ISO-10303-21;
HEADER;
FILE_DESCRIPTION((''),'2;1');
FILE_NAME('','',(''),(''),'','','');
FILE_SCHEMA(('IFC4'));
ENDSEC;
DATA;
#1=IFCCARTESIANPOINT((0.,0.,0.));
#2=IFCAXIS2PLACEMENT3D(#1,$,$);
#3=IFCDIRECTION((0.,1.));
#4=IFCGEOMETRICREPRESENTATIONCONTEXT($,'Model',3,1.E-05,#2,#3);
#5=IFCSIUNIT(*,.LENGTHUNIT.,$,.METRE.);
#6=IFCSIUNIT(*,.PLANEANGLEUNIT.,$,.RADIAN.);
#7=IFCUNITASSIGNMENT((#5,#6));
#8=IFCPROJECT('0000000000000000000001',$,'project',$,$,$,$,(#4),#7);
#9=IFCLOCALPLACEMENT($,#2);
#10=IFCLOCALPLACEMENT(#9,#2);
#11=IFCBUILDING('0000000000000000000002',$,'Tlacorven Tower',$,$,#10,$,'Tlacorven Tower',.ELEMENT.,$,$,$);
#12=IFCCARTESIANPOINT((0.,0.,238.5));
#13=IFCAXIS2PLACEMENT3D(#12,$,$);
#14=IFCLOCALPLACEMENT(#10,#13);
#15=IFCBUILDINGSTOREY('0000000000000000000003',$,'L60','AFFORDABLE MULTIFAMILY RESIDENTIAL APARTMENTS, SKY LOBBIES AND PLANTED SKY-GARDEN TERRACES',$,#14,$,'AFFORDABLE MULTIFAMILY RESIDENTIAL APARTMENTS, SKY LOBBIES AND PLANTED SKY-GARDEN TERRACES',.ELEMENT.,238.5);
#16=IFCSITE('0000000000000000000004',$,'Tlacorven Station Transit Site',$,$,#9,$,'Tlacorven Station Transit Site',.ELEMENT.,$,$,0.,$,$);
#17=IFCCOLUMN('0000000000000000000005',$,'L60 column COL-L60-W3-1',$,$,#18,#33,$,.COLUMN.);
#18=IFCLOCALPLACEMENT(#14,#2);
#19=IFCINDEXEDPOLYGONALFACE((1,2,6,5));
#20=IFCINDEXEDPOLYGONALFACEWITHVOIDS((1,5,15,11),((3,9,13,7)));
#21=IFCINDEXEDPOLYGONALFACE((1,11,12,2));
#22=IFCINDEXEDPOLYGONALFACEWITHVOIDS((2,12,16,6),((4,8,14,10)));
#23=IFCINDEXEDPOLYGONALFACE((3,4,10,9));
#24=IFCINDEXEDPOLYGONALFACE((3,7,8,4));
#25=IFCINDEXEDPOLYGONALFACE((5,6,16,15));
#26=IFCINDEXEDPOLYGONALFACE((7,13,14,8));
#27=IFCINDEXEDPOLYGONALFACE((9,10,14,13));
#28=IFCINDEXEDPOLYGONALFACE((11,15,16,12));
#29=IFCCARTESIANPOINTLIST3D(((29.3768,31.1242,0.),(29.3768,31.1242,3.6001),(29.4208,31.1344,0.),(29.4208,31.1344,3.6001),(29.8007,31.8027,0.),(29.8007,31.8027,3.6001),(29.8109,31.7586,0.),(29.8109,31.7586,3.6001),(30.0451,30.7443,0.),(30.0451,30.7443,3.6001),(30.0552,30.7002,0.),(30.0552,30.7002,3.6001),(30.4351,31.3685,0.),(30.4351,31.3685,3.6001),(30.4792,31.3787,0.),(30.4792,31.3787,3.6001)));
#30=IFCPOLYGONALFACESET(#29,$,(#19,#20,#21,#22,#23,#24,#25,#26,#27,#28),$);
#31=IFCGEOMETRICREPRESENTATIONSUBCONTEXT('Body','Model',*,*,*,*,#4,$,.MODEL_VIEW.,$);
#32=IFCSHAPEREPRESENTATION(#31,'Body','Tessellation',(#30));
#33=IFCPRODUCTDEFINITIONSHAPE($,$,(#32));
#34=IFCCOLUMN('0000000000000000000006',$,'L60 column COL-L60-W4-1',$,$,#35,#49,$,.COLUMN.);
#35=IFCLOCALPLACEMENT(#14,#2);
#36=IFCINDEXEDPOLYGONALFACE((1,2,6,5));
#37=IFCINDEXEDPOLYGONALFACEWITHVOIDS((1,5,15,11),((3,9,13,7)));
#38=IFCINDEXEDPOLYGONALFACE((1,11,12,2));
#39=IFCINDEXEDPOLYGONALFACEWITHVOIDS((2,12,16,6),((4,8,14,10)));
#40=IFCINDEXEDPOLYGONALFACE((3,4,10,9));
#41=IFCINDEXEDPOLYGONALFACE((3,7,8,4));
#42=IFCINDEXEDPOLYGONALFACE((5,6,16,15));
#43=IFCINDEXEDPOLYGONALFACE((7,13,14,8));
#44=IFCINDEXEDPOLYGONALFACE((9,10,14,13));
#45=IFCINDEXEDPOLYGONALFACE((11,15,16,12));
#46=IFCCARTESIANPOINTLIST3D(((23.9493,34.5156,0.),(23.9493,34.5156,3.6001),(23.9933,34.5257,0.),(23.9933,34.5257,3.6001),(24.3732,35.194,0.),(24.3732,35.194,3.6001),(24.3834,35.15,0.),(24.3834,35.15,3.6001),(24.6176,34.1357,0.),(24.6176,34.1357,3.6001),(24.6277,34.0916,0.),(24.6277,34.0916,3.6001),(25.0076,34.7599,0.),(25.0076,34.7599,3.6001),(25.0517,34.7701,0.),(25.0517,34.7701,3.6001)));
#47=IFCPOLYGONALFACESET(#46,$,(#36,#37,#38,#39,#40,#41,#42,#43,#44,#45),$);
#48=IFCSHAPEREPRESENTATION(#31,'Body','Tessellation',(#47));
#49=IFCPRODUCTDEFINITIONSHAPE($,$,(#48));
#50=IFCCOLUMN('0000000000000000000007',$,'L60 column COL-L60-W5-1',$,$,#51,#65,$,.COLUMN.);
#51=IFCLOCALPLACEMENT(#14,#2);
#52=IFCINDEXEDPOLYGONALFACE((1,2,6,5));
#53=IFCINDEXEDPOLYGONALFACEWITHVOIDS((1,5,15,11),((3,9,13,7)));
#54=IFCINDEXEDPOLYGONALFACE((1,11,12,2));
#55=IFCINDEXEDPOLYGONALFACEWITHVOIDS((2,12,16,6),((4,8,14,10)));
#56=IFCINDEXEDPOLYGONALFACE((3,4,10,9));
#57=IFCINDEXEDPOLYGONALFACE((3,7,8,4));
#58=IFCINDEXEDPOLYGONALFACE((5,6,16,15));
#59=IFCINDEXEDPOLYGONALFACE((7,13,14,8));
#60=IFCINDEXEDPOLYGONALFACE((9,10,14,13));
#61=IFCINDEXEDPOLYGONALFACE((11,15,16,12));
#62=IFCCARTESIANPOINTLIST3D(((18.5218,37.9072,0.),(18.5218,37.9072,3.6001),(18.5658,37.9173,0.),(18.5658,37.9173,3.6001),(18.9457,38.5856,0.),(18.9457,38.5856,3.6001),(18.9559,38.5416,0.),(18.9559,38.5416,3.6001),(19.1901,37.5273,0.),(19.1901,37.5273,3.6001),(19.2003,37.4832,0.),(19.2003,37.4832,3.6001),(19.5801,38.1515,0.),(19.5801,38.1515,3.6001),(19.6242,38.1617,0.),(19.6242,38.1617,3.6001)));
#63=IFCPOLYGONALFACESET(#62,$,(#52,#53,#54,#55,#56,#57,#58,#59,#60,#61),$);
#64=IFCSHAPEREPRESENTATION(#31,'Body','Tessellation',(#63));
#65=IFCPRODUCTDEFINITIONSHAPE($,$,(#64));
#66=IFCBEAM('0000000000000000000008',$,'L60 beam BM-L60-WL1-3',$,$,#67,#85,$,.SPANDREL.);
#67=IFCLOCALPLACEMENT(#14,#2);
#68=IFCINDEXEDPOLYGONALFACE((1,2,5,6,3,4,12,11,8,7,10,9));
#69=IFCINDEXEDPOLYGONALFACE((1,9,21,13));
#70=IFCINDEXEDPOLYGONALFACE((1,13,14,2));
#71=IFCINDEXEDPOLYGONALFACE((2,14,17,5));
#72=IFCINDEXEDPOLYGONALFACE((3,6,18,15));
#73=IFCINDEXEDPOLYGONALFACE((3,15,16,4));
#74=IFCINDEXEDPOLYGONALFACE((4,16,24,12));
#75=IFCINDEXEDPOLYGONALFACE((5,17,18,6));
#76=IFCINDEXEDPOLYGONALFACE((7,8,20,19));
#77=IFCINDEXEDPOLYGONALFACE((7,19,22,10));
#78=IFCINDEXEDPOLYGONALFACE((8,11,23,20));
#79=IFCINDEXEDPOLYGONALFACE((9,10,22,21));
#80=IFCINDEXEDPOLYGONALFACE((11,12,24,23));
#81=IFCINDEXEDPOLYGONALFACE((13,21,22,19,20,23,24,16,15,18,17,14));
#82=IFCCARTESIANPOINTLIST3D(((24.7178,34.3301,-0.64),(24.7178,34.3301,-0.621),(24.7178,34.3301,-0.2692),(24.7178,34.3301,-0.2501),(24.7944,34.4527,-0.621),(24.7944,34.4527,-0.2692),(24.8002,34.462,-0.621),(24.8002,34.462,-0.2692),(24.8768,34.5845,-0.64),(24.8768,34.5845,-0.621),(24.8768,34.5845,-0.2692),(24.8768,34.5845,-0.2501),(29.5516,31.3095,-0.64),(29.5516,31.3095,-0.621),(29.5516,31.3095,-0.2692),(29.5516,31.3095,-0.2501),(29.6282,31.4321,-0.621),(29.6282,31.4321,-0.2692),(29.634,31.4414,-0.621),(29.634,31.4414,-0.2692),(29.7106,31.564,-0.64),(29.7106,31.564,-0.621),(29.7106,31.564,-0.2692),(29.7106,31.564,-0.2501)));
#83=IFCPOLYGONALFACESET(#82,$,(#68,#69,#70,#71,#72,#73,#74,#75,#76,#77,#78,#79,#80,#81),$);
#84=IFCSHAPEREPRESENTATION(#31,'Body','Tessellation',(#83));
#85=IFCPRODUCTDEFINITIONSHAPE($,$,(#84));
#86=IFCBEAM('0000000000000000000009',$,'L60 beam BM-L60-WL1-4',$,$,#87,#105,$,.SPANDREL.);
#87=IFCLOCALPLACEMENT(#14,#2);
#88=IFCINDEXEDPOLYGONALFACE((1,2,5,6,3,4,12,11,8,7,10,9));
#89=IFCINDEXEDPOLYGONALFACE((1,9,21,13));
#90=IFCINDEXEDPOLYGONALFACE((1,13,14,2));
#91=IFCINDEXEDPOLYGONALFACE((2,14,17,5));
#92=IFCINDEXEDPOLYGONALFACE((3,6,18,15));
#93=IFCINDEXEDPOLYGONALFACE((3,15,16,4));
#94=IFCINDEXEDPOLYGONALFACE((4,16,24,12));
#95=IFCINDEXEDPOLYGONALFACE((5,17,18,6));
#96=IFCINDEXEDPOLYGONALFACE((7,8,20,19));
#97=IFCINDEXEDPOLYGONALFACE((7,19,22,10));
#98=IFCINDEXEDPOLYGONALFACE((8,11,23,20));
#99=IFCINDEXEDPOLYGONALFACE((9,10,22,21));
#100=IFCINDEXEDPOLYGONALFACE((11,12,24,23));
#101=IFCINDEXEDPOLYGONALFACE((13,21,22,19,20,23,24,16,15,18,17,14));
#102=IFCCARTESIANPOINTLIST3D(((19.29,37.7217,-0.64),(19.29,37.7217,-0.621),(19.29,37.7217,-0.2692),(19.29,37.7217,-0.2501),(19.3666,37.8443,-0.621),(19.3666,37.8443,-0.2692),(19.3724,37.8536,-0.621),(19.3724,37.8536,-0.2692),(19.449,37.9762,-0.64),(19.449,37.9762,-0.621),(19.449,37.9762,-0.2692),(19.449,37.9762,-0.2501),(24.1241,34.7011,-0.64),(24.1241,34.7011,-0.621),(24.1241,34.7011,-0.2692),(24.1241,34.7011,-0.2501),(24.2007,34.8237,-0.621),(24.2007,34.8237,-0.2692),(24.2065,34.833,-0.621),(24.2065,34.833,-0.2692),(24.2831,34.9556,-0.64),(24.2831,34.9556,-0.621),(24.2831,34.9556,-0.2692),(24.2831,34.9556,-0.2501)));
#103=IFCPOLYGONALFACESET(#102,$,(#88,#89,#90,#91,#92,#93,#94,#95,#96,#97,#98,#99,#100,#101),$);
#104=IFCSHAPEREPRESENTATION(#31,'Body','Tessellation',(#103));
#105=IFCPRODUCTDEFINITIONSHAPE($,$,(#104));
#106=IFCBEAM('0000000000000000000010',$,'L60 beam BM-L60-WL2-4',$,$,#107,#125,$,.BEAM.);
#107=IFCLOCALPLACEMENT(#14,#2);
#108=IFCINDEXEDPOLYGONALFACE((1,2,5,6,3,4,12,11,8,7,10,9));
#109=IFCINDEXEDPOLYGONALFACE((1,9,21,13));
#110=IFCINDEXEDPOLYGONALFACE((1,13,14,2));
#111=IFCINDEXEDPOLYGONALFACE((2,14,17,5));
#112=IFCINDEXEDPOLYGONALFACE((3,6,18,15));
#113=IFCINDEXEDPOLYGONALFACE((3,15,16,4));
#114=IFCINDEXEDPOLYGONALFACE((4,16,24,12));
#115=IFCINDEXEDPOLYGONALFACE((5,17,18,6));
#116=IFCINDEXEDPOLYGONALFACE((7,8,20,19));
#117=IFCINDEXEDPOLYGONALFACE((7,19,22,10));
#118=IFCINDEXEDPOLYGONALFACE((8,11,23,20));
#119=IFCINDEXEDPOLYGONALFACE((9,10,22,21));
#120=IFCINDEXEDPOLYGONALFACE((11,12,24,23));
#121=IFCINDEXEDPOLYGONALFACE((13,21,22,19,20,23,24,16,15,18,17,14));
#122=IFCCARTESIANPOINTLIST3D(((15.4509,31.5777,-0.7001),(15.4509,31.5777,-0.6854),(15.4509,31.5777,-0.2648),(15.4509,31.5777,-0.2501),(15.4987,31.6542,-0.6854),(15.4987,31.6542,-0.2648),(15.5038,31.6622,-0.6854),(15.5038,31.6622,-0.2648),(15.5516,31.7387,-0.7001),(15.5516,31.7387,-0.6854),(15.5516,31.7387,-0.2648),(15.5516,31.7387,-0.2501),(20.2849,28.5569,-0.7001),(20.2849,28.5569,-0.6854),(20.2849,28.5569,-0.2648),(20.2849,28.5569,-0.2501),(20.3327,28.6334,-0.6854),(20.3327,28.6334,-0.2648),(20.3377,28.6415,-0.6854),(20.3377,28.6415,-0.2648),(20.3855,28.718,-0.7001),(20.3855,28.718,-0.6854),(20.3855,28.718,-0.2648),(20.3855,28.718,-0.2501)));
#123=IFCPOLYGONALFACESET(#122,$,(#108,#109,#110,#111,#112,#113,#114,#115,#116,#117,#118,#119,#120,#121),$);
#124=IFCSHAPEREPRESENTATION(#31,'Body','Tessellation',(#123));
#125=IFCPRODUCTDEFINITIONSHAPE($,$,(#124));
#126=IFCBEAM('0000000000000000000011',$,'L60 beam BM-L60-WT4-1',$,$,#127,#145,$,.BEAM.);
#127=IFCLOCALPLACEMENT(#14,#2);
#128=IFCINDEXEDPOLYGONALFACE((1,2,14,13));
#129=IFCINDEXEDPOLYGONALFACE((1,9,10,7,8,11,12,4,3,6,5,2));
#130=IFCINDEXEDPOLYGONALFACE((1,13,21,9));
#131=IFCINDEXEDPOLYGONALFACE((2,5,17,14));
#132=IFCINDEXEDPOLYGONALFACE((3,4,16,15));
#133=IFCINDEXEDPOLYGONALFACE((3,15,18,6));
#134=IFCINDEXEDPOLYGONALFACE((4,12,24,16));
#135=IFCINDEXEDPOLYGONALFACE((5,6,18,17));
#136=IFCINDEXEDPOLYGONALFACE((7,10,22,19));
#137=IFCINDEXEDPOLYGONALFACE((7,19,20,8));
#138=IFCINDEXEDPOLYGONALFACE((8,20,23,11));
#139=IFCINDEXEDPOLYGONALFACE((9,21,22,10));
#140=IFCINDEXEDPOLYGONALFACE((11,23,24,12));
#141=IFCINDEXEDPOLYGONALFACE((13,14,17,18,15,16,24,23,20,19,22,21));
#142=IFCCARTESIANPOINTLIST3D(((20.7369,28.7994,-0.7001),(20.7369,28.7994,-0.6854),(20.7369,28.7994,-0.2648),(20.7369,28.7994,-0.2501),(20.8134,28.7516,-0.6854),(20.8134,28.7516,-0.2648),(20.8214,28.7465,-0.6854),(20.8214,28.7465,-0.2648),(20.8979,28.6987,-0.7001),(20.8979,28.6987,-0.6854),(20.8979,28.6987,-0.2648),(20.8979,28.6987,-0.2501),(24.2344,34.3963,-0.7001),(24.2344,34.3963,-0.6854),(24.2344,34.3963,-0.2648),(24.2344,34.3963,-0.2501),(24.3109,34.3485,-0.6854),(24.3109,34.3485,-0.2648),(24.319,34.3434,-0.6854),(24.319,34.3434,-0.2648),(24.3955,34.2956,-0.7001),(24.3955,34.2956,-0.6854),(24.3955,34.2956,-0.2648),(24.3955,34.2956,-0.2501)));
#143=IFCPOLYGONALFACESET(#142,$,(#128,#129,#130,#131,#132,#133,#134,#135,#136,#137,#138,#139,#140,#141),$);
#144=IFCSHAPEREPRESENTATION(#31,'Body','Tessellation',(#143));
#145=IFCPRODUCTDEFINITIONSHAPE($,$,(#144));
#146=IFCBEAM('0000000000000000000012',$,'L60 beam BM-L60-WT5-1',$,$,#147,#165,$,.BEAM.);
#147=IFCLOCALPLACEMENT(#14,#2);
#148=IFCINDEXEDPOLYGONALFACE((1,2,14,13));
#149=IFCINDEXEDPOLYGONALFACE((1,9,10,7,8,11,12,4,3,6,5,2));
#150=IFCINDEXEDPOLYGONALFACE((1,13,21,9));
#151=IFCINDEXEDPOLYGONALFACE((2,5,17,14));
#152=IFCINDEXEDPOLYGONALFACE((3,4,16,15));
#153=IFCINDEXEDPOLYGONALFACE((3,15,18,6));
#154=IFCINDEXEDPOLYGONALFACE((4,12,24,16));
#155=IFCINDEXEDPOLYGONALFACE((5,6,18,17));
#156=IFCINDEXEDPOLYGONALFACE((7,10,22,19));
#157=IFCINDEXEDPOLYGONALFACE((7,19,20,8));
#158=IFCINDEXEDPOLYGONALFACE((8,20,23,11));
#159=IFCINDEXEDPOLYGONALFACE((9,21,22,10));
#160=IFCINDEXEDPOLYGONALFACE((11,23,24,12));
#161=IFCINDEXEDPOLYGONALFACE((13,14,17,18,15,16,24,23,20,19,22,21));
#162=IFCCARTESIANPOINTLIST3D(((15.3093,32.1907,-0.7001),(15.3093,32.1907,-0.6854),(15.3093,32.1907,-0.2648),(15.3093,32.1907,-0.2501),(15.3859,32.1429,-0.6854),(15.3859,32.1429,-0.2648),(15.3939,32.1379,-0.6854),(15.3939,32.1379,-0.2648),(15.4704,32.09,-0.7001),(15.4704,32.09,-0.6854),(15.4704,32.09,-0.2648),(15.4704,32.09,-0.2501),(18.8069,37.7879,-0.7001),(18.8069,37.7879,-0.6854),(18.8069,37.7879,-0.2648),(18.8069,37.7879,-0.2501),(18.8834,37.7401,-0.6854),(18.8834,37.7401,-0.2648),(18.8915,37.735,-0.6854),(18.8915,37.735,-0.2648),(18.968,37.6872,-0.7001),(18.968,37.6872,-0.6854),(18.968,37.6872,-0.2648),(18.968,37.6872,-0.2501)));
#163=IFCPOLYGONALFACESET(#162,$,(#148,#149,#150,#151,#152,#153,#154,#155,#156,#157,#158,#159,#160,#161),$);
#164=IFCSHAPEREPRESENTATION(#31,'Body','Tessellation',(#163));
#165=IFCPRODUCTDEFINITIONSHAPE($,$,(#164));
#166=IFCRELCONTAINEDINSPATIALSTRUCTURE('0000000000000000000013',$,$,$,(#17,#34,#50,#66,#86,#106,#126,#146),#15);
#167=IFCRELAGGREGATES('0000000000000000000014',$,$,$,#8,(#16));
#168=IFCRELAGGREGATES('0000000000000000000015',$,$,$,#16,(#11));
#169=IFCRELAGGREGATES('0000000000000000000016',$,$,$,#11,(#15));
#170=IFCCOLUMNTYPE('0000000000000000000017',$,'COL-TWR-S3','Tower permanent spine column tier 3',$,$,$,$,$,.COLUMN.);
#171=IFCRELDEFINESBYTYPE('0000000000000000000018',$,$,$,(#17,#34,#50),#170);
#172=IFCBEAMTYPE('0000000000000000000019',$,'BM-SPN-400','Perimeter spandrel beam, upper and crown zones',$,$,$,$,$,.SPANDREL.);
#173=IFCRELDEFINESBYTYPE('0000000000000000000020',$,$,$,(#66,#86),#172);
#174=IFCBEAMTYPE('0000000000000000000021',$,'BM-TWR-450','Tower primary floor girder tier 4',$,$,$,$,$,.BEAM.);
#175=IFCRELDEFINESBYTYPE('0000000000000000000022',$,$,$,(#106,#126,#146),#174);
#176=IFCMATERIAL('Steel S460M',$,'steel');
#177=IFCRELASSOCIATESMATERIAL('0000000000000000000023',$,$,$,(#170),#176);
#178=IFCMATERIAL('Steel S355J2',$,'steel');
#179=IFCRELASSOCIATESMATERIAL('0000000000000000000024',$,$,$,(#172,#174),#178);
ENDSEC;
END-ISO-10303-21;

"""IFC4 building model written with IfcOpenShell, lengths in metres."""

from ifc_helpers import new_model, si_unit, direction, frame, origin, origin_2d, place, context, subcontext, project, spatial, hollow_rectangle, i_section, extrude, source, transform, mapped, material, material_profile, profile_set, type_object, element, save


model = new_model("IFC4")

# Units and contexts
model_context = context("Model", 3, precision=1e-05, world=origin(), true_north=direction((0.0, 1.0)))
body_context = subcontext(model_context, "Body", "Model", "MODEL_VIEW")
ifc_project = project(units=[si_unit("LENGTHUNIT", "METRE"), si_unit("PLANEANGLEUNIT", "RADIAN")], contexts=[model_context])

# Site, building, storey
site_placement = place(None, origin())
site = spatial("IfcSite", under=ifc_project, at=site_placement, Name="Tlacorven Station Transit Site", LongName="Tlacorven Station Transit Site", CompositionType="ELEMENT", RefElevation=0.0)
building_placement = place(site_placement, origin())
building = spatial("IfcBuilding", under=site, at=building_placement, Name="Tlacorven Tower", LongName="Tlacorven Tower", CompositionType="ELEMENT")
storey_placement = place(building_placement, frame((0.0, 0.0, 238.5)))
storey = spatial("IfcBuildingStorey", under=building, at=storey_placement, Name="L60", Description="AFFORDABLE MULTIFAMILY RESIDENTIAL APARTMENTS, SKY LOBBIES AND PLANTED SKY-GARDEN TERRACES", LongName="AFFORDABLE MULTIFAMILY RESIDENTIAL APARTMENTS, SKY LOBBIES AND PLANTED SKY-GARDEN TERRACES", CompositionType="ELEMENT", Elevation=238.5)

# Columns
ifc_material_1 = material(Name="Steel S460M", Category="steel")
ifc_material_profile_1 = material_profile(ifc_material_1, hollow_rectangle(XDim=0.8, YDim=0.8, WallThickness=0.032, at=origin_2d()), Name="BOX 800X800X32")
ifc_profile_set_1 = profile_set([ifc_material_profile_1], Name="Steel S460M")
column_type = type_object("IfcColumnType", Name="COL-TWR-S3", Description="Tower permanent spine column tier 3", PredefinedType="COLUMN", material=ifc_profile_set_1)
shared_shape_1 = source(origin(), body_context, "Body", "SweptSolid", [
    extrude(hollow_rectangle(XDim=0.8, YDim=0.8, WallThickness=0.032, at=origin_2d()), origin(), (0.0, 0.0, 1.0), 3.6001),
])
for number, where, z_axis, x_axis, name in (
    (1, (29.928, 31.2515, 0.0), (0.0, 0.0, 1.0), (-0.848048, 0.529919, 0.0), "L60 column COL-L60-W3-1"),
    (2, (24.5005, 34.6428, 0.0), (0.0, 0.0, 1.0), (-0.848048, 0.529919, 0.0), "L60 column COL-L60-W4-1"),
    (3, (19.073, 38.0344, 0.0), (0.0, 0.0, 1.0), (-0.848048, 0.529919, 0.0), "L60 column COL-L60-W5-1"),
):
    element("IfcColumn", number, at=place(storey_placement, frame(where, z_axis=z_axis, x_axis=x_axis)), inside=storey, type_object=column_type, Name=name, PredefinedType="COLUMN", context=body_context, shape_type="MappedRepresentation", body=[
        mapped(shared_shape_1, transform((0.0, 0.0, 0.0), scale=1.0)),
    ])

# Beams
ifc_material_2 = material(Name="Steel S355J2", Category="steel")
ifc_material_profile_2 = material_profile(ifc_material_2, i_section(OverallWidth=0.3, OverallDepth=0.3899, WebThickness=0.011, FlangeThickness=0.019, at=origin_2d()), Name="HEA 400")
ifc_profile_set_2 = profile_set([ifc_material_profile_2], Name="Steel S355J2")
beam_type_1 = type_object("IfcBeamType", Name="BM-SPN-400", Description="Perimeter spandrel beam, upper and crown zones", PredefinedType="SPANDREL", material=ifc_profile_set_2)
shared_shape_2 = source(origin(), body_context, "Body", "SweptSolid", [
    extrude(i_section(OverallWidth=0.3, OverallDepth=0.3899, WebThickness=0.011, FlangeThickness=0.019, at=origin_2d()), origin(), (0.0, 0.0, 1.0), 5.7),
])
beam_1_placement = place(storey_placement, frame((29.6311, 31.4368, -0.4451), z_axis=(-0.848044, 0.529926, 0.0), x_axis=(-0.529926, -0.848044, 0.0)))
element("IfcBeam", 4, at=beam_1_placement, inside=storey, type_object=beam_type_1, Name="L60 beam BM-L60-WL1-3", PredefinedType="SPANDREL", context=body_context, shape_type="MappedRepresentation", body=[
    mapped(shared_shape_2, transform((0.0, 0.0, 0.0), scale=1.0)),
])
shared_shape_3 = source(origin(), body_context, "Body", "SweptSolid", [
    extrude(i_section(OverallWidth=0.3, OverallDepth=0.3899, WebThickness=0.011, FlangeThickness=0.019, at=origin_2d()), origin(), (0.0, 0.0, 1.0), 5.7002),
])
beam_2_placement = place(storey_placement, frame((24.2036, 34.8284, -0.4451), z_axis=(-0.848056, 0.529907, 0.0), x_axis=(-0.529907, -0.848056, 0.0)))
element("IfcBeam", 5, at=beam_2_placement, inside=storey, type_object=beam_type_1, Name="L60 beam BM-L60-WL1-4", PredefinedType="SPANDREL", context=body_context, shape_type="MappedRepresentation", body=[
    mapped(shared_shape_3, transform((0.0, 0.0, 0.0), scale=1.0)),
])
ifc_material_profile_3 = material_profile(ifc_material_2, i_section(OverallWidth=0.1899, OverallDepth=0.45, WebThickness=0.0095, FlangeThickness=0.0146, at=origin_2d()), Name="IPE 450")
ifc_profile_set_3 = profile_set([ifc_material_profile_3], Name="Steel S355J2")
beam_type_2 = type_object("IfcBeamType", Name="BM-TWR-450", Description="Tower primary floor girder tier 4", PredefinedType="BEAM", material=ifc_profile_set_3)
shared_shape_4 = source(origin(), body_context, "Body", "SweptSolid", [
    extrude(i_section(OverallWidth=0.1899, OverallDepth=0.45, WebThickness=0.0095, FlangeThickness=0.0146, at=origin_2d()), origin(), (0.0, 0.0, 1.0), 5.7002),
])
beam_3_placement = place(storey_placement, frame((20.3352, 28.6375, -0.4751), z_axis=(-0.848037, 0.529937, 0.0), x_axis=(-0.529937, -0.848037, 0.0)))
element("IfcBeam", 6, at=beam_3_placement, inside=storey, type_object=beam_type_2, Name="L60 beam BM-L60-WL2-4", PredefinedType="BEAM", context=body_context, shape_type="MappedRepresentation", body=[
    mapped(shared_shape_4, transform((0.0, 0.0, 0.0), scale=1.0)),
])
shared_shape_5 = source(origin(), body_context, "Body", "SweptSolid", [
    extrude(i_section(OverallWidth=0.1899, OverallDepth=0.45, WebThickness=0.0095, FlangeThickness=0.0146, at=origin_2d()), origin(), (0.0, 0.0, 1.0), 6.5999),
])
beam_4_placement = place(storey_placement, frame((24.3149, 34.3459, -0.4751), z_axis=(-0.529942, -0.848034, 0.0), x_axis=(0.848034, -0.529942, 0.0)))
element("IfcBeam", 7, at=beam_4_placement, inside=storey, type_object=beam_type_2, Name="L60 beam BM-L60-WT4-1", PredefinedType="BEAM", context=body_context, shape_type="MappedRepresentation", body=[
    mapped(shared_shape_5, transform((0.0, 0.0, 0.0), scale=1.0)),
])
shared_shape_6 = source(origin(), body_context, "Body", "SweptSolid", [
    extrude(i_section(OverallWidth=0.1899, OverallDepth=0.45, WebThickness=0.0095, FlangeThickness=0.0146, at=origin_2d()), origin(), (0.0, 0.0, 1.0), 6.6001),
])
beam_5_placement = place(storey_placement, frame((18.8875, 37.7375, -0.4751), z_axis=(-0.529926, -0.848044, 0.0), x_axis=(0.848044, -0.529926, 0.0)))
element("IfcBeam", 8, at=beam_5_placement, inside=storey, type_object=beam_type_2, Name="L60 beam BM-L60-WT5-1", PredefinedType="BEAM", context=body_context, shape_type="MappedRepresentation", body=[
    mapped(shared_shape_6, transform((0.0, 0.0, 0.0), scale=1.0)),
])

save(model, "model.ifc")
